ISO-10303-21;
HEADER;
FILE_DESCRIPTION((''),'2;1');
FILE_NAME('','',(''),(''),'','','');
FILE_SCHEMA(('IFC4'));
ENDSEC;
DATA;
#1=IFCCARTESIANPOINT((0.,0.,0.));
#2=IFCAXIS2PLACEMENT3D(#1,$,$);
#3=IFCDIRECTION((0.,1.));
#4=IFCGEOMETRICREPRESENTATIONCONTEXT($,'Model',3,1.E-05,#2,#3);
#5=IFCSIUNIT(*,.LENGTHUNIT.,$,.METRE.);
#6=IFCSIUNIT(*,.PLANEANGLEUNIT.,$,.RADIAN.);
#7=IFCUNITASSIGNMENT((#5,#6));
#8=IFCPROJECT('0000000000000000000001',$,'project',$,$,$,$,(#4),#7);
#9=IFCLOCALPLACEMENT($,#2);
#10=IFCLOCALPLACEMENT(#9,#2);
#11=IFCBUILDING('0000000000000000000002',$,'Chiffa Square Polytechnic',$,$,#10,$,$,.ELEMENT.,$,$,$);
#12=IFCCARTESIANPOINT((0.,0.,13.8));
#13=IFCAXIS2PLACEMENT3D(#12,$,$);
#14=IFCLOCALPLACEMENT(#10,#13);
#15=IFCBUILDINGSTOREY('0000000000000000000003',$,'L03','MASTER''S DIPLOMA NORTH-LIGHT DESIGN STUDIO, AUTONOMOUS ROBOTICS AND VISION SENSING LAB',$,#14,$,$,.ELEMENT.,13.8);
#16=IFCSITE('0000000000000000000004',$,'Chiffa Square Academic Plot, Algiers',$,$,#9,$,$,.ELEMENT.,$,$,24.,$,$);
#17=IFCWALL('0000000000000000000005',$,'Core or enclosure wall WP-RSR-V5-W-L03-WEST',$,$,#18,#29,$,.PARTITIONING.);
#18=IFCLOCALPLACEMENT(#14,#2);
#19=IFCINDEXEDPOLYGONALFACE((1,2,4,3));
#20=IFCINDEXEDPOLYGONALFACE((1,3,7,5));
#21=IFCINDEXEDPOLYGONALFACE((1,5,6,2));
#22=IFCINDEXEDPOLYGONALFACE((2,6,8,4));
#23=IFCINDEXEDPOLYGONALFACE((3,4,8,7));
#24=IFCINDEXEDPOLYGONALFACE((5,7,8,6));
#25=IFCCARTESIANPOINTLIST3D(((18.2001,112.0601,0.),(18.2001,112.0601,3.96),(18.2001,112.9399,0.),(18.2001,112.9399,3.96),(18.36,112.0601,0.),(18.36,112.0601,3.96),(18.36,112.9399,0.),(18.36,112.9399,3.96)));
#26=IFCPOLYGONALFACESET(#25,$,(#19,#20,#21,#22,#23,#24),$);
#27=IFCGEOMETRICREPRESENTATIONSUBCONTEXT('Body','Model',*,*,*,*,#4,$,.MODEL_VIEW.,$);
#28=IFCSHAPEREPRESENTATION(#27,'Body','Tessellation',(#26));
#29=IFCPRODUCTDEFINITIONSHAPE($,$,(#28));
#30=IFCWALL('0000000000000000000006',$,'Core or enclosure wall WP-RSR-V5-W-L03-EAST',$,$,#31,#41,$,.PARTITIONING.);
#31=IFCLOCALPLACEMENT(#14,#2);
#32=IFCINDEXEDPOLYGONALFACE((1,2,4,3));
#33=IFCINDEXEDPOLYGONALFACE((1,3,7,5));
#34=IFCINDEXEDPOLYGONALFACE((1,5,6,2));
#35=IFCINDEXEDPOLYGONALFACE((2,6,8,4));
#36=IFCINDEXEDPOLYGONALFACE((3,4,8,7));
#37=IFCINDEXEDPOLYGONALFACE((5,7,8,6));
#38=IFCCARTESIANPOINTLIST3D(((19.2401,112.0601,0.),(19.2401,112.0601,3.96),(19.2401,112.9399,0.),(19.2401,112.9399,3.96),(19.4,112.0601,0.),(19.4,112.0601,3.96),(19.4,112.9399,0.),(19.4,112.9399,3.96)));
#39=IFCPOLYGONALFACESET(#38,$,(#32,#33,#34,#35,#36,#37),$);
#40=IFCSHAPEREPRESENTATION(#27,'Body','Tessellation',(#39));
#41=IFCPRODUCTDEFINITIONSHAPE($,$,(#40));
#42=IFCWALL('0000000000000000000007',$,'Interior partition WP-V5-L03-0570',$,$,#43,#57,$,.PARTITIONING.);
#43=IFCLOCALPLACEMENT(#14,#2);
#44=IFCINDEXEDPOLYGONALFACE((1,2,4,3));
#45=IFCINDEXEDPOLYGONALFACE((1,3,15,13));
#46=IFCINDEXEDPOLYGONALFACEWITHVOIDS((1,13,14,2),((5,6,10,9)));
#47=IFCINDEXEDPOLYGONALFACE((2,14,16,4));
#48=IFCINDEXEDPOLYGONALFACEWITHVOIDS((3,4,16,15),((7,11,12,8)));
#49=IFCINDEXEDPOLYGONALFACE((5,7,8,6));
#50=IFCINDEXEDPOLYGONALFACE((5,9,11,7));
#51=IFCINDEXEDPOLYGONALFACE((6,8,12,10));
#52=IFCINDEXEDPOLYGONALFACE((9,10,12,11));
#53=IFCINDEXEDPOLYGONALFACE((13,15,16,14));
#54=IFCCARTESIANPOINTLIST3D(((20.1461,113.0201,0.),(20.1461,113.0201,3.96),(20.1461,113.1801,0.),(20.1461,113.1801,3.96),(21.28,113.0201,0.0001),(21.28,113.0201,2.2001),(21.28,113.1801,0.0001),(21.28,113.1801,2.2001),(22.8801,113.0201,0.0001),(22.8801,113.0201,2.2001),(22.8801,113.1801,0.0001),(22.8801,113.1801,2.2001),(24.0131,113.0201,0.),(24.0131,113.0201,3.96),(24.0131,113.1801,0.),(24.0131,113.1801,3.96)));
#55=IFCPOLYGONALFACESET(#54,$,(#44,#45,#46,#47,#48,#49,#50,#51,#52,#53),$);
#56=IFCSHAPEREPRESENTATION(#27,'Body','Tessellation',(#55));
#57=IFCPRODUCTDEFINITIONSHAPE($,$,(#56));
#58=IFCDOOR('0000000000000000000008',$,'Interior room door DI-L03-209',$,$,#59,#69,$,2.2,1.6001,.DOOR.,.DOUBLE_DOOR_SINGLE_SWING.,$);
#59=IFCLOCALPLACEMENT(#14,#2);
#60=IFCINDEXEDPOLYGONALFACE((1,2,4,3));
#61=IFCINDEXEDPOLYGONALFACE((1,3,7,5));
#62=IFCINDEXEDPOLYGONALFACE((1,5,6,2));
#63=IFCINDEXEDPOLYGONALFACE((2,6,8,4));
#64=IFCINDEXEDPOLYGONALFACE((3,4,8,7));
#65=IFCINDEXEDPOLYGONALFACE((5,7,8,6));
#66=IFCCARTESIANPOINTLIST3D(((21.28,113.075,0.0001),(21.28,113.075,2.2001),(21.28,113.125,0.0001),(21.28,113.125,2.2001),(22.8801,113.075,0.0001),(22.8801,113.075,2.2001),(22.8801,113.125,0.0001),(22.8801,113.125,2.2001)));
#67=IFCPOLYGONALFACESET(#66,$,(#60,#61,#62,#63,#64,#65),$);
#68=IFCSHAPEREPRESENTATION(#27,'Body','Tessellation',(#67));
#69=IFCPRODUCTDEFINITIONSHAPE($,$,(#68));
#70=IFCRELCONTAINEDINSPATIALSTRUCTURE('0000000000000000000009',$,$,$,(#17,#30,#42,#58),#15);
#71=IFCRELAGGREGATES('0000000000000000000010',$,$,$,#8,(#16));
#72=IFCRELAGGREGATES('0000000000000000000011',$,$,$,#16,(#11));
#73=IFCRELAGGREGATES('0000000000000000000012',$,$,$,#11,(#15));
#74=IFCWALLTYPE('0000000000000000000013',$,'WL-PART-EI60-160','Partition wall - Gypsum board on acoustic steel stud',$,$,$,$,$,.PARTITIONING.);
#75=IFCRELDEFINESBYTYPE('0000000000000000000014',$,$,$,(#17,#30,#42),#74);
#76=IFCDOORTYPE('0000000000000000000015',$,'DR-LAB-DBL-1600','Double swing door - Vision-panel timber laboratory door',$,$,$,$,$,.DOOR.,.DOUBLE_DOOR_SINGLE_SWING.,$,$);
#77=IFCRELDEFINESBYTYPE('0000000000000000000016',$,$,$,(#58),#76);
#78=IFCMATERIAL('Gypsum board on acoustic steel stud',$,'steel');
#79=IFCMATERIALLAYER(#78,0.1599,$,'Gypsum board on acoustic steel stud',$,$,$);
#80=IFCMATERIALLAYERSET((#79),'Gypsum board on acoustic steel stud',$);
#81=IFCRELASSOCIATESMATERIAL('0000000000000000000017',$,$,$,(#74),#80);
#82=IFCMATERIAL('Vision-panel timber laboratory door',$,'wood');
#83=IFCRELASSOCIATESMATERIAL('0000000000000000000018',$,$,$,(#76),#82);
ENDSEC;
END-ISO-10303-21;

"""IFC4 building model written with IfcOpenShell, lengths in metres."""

from ifc_helpers import new_model, si_unit, direction, frame, frame_2d, origin, place, context, subcontext, project, spatial, rectangle, extrude, material, layer, layer_set, type_object, element, fill, save


model = new_model("IFC4")

# Units and contexts
model_context = context("Model", 3, precision=1e-05, world=origin(), true_north=direction((0.0, 1.0)))
body_context = subcontext(model_context, "Body", "Model", "MODEL_VIEW")
ifc_project = project(units=[si_unit("LENGTHUNIT", "METRE"), si_unit("PLANEANGLEUNIT", "RADIAN")], contexts=[model_context])

# Site, building, storey
site_placement = place(None, origin())
site = spatial("IfcSite", under=ifc_project, at=site_placement, Name="Chiffa Square Academic Plot, Algiers", CompositionType="ELEMENT", RefElevation=24.0)
building_placement = place(site_placement, origin())
building = spatial("IfcBuilding", under=site, at=building_placement, Name="Chiffa Square Polytechnic", CompositionType="ELEMENT")
storey_placement = place(building_placement, frame((0.0, 0.0, 13.8)))
storey = spatial("IfcBuildingStorey", under=building, at=storey_placement, Name="L03", Description="MASTER'S DIPLOMA NORTH-LIGHT DESIGN STUDIO, AUTONOMOUS ROBOTICS AND VISION SENSING LAB", CompositionType="ELEMENT", Elevation=13.8)

# Shared definitions
ifc_material_1 = material(Name="Gypsum board on acoustic steel stud", Category="steel")
ifc_layer = layer(ifc_material_1, 0.1599, Name="Gypsum board on acoustic steel stud")
ifc_layer_set = layer_set([ifc_layer], Name="Gypsum board on acoustic steel stud")
wall_type = type_object("IfcWallType", Name="WL-PART-EI60-160", Description="Partition wall - Gypsum board on acoustic steel stud", PredefinedType="PARTITIONING", material=ifc_layer_set)

# Walls
for number, where, z_axis, x_axis, name in (
    (1, (18.28, 112.0601, 0.0), (0.0, 0.0, 1.0), (0.0, 1.0, 0.0), "Core or enclosure wall WP-RSR-V5-W-L03-WEST"),
    (2, (19.3201, 112.0601, 0.0), (0.0, 0.0, 1.0), (0.0, 1.0, 0.0), "Core or enclosure wall WP-RSR-V5-W-L03-EAST"),
):
    element("IfcWall", number, at=place(storey_placement, frame(where, z_axis=z_axis, x_axis=x_axis)), inside=storey, type_object=wall_type, Name=name, PredefinedType="PARTITIONING", context=body_context, shape_type="SweptSolid", body=[
        extrude(rectangle(XDim=0.8799, YDim=0.1599, at=frame_2d((0.4399, 0.0))), origin(), (0.0, 0.0, 1.0), 3.96),
    ])

# Wall, opening, door
wall_1_placement = place(storey_placement, frame((20.146, 113.1001, 0.0), z_axis=(0.0, 0.0, 1.0), x_axis=(1.0, 0.0, 0.0)))
wall_1 = element("IfcWall", 3, at=wall_1_placement, inside=storey, type_object=wall_type, Name="Interior partition WP-V5-L03-0570", PredefinedType="PARTITIONING", context=body_context, shape_type="SweptSolid", body=[
    extrude(rectangle(XDim=3.8669, YDim=0.1599, at=frame_2d((1.9336, 0.0))), origin(), (0.0, 0.0, 1.0), 3.96),
])
opening_1_placement = place(wall_1_placement, frame((1.134, 0.0, 0.0)))
opening_1 = element("IfcOpeningElement", 4, at=opening_1_placement, cuts=wall_1, PredefinedType="OPENING", context=body_context, shape_type="SweptSolid", body=[
    extrude(rectangle(XDim=1.6001, YDim=2.2, at=frame_2d((0.8, 1.1001))), frame((0.0, 0.0898, 0.0), z_axis=(0.0, -1.0, 0.0), x_axis=(1.0, 0.0, 0.0)), (0.0, 0.0, 1.0), 0.1799),
])
ifc_material_2 = material(Name="Vision-panel timber laboratory door", Category="wood")
door_type_1 = type_object("IfcDoorType", Name="DR-LAB-DBL-1600", Description="Double swing door - Vision-panel timber laboratory door", OperationType="DOUBLE_DOOR_SINGLE_SWING", PredefinedType="DOOR", material=ifc_material_2)
door_1_placement = place(opening_1_placement, origin())
door_1 = element("IfcDoor", 5, at=door_1_placement, inside=storey, type_object=door_type_1, Name="Interior room door DI-L03-209", OperationType="DOUBLE_DOOR_SINGLE_SWING", OverallHeight=2.2, OverallWidth=1.6001, PredefinedType="DOOR", context=body_context, shape_type="SweptSolid", body=[
    extrude(rectangle(XDim=1.6001, YDim=2.2, at=frame_2d((0.8, 1.1001))), frame((0.0, 0.0249, 0.0), z_axis=(0.0, -1.0, 0.0), x_axis=(1.0, 0.0, 0.0)), (0.0, 0.0, 1.0), 0.05),
])
fill(opening_1, door_1)

save(model, "model.ifc")
